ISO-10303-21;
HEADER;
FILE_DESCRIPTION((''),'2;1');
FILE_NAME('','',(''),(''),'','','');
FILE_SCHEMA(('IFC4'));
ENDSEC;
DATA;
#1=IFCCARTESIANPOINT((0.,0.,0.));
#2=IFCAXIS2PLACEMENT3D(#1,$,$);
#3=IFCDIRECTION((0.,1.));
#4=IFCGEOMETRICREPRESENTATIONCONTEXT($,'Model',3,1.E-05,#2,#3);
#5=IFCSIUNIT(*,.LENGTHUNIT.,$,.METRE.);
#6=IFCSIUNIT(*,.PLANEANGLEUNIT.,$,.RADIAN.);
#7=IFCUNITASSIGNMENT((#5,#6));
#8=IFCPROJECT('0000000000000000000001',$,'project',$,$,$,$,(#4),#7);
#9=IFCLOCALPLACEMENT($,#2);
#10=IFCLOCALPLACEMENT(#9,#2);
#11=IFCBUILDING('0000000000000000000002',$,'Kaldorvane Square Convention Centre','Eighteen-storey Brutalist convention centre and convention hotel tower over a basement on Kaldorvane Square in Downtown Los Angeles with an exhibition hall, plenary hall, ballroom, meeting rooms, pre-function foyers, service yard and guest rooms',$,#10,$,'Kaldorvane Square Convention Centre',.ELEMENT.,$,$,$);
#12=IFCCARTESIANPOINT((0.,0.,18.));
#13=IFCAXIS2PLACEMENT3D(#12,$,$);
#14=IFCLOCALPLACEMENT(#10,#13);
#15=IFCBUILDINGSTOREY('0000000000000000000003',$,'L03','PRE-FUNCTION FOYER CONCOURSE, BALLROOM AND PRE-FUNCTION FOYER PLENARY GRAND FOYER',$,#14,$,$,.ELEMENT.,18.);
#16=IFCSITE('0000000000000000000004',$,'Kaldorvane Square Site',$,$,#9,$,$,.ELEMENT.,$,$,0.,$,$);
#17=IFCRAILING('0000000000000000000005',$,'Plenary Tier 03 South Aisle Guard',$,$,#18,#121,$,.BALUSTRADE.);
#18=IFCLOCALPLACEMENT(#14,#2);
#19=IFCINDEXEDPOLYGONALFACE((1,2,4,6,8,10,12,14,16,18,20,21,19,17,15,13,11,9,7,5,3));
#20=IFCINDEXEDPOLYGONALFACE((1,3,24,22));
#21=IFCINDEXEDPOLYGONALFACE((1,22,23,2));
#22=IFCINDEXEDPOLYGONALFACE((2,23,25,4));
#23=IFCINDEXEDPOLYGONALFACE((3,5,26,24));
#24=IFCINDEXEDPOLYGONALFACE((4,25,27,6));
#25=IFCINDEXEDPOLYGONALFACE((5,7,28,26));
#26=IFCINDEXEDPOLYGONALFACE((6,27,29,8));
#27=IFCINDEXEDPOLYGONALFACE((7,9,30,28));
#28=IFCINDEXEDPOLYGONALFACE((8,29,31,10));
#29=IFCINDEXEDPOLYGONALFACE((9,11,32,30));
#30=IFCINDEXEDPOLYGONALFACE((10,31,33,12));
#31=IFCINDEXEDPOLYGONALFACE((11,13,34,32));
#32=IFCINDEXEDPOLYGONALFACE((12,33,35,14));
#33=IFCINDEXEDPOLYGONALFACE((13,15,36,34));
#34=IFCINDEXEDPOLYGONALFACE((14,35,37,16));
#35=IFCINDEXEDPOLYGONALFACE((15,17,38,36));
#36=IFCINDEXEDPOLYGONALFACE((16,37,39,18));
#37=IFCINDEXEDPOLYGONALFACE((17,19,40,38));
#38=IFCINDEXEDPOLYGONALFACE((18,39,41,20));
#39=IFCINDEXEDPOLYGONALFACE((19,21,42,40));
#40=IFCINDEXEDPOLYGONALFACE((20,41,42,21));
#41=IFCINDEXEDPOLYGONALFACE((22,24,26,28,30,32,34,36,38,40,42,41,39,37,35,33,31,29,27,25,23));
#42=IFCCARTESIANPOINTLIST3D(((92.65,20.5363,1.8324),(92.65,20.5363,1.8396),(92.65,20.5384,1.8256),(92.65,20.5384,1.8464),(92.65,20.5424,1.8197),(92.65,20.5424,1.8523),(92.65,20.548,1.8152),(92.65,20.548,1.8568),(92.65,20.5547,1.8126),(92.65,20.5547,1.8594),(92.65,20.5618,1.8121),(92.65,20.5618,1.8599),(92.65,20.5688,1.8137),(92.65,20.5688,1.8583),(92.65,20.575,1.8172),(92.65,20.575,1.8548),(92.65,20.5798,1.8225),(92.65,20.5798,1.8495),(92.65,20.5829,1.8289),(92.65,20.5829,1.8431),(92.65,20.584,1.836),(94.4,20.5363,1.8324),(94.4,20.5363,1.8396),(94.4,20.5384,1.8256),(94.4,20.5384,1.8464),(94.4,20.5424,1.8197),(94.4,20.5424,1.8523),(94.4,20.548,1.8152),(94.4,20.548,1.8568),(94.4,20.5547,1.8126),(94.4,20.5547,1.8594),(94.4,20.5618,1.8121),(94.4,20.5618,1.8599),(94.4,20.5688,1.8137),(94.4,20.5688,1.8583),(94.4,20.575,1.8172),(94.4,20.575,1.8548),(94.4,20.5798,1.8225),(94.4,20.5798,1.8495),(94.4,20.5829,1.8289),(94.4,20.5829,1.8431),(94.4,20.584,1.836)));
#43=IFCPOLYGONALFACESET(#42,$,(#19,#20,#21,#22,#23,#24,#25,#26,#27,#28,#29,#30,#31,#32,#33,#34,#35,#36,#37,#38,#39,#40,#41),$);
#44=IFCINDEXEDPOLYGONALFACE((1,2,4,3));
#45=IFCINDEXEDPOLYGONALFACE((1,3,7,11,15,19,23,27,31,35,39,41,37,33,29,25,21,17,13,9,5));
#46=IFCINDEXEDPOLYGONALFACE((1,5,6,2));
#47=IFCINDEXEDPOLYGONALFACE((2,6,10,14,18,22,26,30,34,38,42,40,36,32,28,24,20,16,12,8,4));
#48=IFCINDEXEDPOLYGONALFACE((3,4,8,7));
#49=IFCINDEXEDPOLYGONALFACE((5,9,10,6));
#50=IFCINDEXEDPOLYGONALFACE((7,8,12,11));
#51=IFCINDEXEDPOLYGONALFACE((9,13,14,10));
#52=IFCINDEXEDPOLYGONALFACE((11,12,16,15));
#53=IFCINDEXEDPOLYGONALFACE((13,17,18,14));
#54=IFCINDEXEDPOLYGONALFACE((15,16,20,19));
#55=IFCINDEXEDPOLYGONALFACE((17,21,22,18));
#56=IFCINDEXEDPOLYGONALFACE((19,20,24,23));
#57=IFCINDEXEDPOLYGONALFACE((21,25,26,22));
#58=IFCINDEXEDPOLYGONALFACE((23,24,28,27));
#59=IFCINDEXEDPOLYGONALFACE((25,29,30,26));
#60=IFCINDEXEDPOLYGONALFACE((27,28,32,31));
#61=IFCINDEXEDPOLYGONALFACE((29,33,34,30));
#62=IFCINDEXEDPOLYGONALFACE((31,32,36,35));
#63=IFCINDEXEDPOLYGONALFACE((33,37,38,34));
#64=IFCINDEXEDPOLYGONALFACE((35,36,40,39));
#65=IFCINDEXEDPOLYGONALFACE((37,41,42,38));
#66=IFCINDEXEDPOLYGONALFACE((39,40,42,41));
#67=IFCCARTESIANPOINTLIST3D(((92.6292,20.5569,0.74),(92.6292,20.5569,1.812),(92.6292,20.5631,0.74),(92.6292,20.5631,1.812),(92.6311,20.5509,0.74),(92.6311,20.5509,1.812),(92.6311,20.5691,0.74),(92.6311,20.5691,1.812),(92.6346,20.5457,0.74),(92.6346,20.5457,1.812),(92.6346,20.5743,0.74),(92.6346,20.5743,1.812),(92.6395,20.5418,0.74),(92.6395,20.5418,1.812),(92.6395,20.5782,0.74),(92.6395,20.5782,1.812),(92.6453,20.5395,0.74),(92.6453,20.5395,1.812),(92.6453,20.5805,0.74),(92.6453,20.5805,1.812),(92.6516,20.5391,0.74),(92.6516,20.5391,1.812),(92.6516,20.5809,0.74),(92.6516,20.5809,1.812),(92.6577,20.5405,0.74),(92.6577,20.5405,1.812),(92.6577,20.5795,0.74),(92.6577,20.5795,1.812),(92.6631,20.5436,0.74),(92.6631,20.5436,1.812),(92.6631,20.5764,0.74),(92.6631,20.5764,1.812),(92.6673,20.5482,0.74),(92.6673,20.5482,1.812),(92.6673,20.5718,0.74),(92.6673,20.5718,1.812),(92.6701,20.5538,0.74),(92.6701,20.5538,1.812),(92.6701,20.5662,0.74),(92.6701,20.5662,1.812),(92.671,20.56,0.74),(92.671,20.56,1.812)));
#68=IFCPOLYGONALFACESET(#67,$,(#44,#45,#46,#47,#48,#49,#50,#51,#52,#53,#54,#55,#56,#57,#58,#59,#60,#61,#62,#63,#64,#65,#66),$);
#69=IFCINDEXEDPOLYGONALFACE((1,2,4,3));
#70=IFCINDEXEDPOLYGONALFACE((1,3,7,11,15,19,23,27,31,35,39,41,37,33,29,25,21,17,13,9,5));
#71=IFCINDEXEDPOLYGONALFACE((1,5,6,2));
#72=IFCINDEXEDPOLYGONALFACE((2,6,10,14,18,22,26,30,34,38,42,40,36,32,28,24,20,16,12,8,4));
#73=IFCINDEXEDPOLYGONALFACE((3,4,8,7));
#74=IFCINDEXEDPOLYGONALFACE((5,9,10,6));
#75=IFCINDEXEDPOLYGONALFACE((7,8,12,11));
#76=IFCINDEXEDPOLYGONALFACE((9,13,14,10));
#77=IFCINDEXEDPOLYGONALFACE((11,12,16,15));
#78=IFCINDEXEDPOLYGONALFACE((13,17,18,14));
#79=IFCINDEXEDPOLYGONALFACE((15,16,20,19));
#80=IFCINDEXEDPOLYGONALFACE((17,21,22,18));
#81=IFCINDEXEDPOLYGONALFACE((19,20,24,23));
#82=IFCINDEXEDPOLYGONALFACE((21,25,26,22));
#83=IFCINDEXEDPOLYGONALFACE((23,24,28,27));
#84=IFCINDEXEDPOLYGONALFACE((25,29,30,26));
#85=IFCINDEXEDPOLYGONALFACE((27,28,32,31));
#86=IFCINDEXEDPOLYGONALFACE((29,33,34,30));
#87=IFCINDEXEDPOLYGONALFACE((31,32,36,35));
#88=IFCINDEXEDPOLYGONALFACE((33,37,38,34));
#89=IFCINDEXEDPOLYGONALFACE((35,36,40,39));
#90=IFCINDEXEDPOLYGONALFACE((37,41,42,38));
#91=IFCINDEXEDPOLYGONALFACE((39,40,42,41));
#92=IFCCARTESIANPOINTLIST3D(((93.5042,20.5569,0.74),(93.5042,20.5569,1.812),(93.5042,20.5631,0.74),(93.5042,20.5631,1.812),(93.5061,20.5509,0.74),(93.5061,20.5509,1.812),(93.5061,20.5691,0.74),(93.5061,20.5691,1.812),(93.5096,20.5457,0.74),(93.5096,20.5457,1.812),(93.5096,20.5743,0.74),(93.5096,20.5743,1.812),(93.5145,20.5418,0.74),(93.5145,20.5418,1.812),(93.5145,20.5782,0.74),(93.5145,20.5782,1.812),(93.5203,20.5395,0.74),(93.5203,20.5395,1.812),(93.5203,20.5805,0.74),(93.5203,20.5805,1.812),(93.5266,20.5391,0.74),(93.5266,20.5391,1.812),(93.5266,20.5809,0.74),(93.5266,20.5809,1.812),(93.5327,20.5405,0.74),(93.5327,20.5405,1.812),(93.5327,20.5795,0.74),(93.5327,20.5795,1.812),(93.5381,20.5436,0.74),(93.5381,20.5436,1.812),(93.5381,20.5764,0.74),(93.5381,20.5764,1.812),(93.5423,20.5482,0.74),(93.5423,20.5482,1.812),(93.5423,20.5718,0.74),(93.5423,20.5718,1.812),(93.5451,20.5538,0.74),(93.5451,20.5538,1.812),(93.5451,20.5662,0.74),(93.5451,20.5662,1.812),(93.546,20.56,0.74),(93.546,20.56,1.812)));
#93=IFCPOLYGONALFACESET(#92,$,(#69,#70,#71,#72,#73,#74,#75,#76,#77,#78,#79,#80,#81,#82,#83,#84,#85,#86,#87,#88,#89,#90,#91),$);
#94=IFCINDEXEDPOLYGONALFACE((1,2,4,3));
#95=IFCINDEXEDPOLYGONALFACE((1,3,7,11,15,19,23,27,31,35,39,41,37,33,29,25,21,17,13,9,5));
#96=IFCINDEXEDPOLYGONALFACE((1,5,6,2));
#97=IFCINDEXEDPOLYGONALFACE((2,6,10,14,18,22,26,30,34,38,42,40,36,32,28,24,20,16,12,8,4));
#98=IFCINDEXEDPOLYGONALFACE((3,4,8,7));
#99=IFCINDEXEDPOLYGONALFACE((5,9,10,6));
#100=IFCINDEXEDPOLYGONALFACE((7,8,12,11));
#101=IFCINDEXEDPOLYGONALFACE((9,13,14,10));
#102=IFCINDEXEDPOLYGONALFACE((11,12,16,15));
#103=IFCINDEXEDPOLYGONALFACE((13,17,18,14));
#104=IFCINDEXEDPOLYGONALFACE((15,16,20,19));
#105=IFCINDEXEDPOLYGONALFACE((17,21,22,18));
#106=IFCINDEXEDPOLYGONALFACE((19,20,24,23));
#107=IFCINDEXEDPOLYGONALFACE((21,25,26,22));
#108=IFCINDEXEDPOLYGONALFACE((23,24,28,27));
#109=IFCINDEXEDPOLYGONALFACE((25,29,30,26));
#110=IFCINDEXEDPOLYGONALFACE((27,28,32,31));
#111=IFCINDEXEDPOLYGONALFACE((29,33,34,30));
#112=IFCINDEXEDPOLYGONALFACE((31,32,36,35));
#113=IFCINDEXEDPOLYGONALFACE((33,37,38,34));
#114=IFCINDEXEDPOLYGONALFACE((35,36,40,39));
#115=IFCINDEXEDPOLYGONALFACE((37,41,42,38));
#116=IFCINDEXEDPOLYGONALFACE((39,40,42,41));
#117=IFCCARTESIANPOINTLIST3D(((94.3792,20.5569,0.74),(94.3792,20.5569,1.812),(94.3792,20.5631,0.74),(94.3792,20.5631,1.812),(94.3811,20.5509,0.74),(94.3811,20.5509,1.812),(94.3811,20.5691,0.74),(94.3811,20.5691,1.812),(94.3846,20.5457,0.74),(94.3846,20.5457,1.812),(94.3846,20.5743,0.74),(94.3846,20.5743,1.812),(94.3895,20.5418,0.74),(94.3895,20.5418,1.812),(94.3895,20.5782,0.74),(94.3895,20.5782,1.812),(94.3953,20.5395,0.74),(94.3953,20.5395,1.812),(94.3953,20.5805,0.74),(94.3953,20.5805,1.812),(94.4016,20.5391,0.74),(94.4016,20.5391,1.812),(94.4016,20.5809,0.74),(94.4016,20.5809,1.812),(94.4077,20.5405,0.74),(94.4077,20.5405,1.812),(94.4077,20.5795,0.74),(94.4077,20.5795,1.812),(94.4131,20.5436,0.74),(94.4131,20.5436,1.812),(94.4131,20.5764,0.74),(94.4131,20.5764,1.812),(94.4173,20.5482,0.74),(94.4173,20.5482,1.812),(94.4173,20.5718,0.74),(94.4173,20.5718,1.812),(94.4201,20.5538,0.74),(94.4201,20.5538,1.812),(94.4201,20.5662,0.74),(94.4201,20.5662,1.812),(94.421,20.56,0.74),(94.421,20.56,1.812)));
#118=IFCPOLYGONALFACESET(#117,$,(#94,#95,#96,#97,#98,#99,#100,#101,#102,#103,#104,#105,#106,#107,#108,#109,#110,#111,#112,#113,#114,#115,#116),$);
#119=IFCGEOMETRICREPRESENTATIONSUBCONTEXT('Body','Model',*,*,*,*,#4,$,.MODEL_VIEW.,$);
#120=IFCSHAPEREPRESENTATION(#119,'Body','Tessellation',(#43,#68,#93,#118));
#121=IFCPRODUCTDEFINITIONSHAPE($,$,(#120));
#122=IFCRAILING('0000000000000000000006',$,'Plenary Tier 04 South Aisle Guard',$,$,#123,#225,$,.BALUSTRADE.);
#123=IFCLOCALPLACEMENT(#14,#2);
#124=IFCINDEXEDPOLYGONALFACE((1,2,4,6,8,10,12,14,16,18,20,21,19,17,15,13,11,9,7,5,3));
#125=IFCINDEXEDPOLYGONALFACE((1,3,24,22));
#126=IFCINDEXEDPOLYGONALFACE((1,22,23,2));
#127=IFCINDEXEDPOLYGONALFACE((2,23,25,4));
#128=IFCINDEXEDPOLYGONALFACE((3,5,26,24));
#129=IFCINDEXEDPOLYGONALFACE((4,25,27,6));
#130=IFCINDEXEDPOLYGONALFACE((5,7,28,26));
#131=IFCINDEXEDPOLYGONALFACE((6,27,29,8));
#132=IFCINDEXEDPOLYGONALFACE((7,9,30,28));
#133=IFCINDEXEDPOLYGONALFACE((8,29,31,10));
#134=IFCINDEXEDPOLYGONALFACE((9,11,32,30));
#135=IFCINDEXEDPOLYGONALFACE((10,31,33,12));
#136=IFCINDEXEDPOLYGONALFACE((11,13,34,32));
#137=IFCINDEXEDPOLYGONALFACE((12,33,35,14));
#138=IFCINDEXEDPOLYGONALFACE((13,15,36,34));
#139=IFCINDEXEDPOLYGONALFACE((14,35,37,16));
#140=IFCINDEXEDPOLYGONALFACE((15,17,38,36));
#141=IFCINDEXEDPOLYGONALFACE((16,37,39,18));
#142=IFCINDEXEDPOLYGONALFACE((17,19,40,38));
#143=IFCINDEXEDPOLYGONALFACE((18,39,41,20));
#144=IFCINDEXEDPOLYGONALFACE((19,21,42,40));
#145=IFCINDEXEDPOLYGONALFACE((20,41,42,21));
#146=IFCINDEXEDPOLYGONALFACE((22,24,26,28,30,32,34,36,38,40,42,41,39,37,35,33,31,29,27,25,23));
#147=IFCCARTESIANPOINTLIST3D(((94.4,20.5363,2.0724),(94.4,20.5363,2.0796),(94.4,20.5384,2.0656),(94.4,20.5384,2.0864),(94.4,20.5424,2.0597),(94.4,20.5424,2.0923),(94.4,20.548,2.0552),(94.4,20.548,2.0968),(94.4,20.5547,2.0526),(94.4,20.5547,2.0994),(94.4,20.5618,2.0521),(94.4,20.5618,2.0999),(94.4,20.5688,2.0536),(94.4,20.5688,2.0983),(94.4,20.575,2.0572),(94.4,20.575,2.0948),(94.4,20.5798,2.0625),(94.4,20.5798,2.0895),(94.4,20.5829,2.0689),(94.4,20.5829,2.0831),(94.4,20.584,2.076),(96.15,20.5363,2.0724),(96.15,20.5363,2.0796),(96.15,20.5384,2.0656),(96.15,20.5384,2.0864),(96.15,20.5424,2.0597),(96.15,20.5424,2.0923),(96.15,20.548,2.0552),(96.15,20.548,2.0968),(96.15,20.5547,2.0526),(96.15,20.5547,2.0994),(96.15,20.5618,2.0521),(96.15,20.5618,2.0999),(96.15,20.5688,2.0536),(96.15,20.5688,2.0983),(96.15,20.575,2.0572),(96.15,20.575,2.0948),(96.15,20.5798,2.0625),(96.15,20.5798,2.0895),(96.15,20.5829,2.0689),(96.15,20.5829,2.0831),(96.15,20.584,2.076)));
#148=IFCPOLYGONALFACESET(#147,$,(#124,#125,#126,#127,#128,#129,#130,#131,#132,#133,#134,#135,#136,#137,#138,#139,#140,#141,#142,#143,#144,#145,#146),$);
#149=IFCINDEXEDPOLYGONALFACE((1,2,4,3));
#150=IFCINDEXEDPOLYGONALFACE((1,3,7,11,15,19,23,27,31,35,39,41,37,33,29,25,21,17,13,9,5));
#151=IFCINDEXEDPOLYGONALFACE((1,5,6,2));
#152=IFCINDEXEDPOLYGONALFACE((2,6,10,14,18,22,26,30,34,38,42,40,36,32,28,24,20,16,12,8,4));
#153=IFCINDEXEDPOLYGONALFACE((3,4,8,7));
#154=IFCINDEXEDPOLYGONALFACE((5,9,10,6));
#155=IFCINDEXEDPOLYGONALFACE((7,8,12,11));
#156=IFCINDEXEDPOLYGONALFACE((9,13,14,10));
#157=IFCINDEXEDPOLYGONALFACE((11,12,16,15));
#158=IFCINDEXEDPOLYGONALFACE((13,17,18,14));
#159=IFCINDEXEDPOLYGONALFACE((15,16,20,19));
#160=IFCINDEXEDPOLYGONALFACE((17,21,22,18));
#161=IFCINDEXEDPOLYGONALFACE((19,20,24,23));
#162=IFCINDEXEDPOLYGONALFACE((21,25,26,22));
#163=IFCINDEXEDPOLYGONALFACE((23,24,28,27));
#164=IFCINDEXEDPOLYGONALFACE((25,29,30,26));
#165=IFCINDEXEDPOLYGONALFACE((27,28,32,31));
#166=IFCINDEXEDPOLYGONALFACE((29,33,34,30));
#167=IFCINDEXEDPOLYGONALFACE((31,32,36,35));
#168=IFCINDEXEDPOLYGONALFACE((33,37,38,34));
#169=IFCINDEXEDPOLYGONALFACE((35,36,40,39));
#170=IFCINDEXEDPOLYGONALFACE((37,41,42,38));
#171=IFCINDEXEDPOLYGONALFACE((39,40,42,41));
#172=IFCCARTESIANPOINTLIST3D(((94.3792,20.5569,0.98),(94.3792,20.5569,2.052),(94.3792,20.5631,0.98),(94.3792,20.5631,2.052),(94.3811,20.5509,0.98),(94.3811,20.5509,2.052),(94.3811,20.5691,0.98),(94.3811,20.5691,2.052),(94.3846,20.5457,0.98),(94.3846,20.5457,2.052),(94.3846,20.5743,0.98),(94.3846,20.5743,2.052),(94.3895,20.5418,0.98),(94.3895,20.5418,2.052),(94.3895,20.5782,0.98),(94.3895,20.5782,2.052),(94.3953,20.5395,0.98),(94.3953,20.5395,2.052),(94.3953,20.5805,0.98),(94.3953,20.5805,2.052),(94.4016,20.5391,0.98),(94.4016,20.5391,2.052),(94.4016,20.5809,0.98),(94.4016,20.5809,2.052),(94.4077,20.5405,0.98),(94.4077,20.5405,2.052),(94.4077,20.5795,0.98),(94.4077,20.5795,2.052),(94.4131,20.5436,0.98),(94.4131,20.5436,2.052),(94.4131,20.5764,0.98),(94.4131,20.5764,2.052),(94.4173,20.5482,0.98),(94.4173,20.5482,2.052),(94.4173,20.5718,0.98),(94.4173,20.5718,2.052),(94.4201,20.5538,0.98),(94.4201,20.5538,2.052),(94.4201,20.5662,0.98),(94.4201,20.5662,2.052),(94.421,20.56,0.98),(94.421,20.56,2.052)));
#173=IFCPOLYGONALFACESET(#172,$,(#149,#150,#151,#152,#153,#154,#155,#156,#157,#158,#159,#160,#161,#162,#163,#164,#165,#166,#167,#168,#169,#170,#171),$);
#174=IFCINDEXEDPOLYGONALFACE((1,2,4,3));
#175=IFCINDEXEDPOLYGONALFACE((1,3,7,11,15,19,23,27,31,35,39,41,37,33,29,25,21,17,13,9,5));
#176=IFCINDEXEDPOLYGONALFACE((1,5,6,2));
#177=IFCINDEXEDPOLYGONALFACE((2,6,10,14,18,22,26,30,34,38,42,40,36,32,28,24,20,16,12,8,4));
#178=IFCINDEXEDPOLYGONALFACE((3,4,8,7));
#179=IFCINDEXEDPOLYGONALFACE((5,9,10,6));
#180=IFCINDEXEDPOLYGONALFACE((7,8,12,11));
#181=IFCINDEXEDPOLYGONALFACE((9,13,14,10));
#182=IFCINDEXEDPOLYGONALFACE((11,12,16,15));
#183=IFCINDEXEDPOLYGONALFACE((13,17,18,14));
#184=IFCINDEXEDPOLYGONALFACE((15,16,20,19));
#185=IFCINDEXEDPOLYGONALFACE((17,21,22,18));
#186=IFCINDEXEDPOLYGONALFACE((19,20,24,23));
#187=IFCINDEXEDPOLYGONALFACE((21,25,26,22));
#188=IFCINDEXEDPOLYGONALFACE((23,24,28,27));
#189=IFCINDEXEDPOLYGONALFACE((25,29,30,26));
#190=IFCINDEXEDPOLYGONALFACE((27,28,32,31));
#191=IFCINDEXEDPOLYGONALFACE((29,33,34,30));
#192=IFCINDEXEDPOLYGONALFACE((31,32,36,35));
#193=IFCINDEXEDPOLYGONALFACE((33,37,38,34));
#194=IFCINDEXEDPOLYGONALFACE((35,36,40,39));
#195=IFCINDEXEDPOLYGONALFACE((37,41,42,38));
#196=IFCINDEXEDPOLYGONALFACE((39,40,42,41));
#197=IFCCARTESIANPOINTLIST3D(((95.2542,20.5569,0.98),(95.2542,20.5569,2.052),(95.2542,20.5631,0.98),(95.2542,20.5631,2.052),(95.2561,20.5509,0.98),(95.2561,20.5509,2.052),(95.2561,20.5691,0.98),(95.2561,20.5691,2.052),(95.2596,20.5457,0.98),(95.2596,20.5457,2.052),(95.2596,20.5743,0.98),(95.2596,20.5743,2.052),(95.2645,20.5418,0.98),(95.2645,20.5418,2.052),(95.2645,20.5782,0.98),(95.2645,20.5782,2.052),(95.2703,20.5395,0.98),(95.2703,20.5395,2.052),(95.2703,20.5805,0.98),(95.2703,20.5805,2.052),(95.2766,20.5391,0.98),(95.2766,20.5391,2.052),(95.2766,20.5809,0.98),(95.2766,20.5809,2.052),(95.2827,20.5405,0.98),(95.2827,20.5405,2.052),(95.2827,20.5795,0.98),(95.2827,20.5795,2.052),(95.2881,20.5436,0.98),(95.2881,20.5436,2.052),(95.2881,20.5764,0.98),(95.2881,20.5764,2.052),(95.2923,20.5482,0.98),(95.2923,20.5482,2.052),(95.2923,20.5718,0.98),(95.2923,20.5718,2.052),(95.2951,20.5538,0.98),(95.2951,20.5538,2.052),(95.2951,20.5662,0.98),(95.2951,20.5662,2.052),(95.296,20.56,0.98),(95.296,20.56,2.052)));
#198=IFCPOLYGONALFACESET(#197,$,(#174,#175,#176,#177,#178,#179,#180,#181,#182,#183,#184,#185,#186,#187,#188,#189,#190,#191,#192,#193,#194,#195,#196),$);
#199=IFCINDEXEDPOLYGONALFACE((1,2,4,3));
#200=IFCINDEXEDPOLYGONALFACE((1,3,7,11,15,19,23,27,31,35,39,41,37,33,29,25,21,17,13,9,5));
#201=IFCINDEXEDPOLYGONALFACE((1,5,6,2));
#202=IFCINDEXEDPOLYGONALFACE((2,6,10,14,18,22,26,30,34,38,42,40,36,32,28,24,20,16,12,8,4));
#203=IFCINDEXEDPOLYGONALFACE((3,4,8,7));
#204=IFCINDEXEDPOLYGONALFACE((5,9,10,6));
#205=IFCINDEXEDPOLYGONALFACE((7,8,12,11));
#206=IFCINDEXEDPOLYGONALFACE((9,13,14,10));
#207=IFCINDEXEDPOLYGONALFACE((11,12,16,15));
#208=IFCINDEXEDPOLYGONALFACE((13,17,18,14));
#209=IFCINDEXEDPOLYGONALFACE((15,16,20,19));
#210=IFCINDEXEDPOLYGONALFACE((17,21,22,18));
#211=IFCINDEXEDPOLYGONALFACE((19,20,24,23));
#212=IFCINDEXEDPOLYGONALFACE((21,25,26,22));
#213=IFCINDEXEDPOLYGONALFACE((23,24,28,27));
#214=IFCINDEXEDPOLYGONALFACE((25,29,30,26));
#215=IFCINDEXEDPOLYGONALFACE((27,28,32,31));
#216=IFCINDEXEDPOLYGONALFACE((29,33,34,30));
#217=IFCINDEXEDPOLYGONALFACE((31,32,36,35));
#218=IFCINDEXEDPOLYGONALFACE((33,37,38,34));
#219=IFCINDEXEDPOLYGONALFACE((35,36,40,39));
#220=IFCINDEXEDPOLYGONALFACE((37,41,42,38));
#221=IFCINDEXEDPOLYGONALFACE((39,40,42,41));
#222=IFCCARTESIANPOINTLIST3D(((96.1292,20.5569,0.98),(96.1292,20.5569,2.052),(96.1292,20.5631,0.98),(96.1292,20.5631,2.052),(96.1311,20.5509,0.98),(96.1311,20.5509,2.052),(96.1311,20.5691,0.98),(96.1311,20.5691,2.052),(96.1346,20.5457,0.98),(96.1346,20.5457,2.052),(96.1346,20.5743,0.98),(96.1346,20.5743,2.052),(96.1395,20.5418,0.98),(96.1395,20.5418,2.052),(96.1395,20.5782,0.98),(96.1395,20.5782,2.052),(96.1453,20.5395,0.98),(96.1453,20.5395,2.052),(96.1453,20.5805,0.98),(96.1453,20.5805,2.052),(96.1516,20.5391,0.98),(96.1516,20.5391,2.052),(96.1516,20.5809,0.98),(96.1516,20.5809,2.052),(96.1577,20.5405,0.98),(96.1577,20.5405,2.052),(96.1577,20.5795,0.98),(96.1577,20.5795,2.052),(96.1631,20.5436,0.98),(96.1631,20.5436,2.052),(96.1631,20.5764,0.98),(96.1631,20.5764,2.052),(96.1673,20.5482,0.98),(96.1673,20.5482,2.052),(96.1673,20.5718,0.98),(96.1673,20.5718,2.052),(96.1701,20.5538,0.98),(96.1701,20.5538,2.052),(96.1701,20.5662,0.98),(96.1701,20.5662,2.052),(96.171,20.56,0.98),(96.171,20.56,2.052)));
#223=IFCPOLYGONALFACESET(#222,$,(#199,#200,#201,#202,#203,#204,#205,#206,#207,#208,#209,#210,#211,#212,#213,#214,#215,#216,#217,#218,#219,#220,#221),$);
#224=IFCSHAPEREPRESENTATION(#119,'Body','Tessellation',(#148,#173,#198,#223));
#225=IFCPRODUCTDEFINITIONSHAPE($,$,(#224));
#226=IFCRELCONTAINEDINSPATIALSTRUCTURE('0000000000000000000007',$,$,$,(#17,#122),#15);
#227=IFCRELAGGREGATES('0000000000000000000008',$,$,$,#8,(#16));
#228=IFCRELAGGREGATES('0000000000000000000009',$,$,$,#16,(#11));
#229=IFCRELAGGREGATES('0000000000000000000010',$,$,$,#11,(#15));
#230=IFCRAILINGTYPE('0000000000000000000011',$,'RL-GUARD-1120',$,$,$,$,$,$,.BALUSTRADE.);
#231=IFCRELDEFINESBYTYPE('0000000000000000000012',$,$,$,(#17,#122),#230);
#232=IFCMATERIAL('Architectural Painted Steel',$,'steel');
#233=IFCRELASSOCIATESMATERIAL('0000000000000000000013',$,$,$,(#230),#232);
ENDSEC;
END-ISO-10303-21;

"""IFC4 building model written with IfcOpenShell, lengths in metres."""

from ifc_helpers import new_model, si_unit, direction, frame, origin, origin_2d, place, context, subcontext, project, spatial, circle, extrude, material, type_object, element, save


model = new_model("IFC4")

# Units and contexts
model_context = context("Model", 3, precision=1e-05, world=origin(), true_north=direction((0.0, 1.0)))
body_context = subcontext(model_context, "Body", "Model", "MODEL_VIEW")
ifc_project = project(units=[si_unit("LENGTHUNIT", "METRE"), si_unit("PLANEANGLEUNIT", "RADIAN")], contexts=[model_context])

# Site, building, storey
site_placement = place(None, origin())
site = spatial("IfcSite", under=ifc_project, at=site_placement, Name="Kaldorvane Square Site", CompositionType="ELEMENT", RefElevation=0.0)
building_placement = place(site_placement, origin())
building = spatial("IfcBuilding", under=site, at=building_placement, Name="Kaldorvane Square Convention Centre", Description="Eighteen-storey Brutalist convention centre and convention hotel tower over a basement on Kaldorvane Square in Downtown Los Angeles with an exhibition hall, plenary hall, ballroom, meeting rooms, pre-function foyers, service yard and guest rooms", LongName="Kaldorvane Square Convention Centre", CompositionType="ELEMENT")
storey_placement = place(building_placement, frame((0.0, 0.0, 18.0)))
storey = spatial("IfcBuildingStorey", under=building, at=storey_placement, Name="L03", Description="PRE-FUNCTION FOYER CONCOURSE, BALLROOM AND PRE-FUNCTION FOYER PLENARY GRAND FOYER", CompositionType="ELEMENT", Elevation=18.0)

# Railings
ifc_material_1 = material(Name="Architectural Painted Steel", Category="steel")
railing_type = type_object("IfcRailingType", Name="RL-GUARD-1120", PredefinedType="BALUSTRADE", material=ifc_material_1)
for number, where, name in (
    (1, (92.65, 20.56, 0.74), "Plenary Tier 03 South Aisle Guard"),
    (2, (94.4, 20.56, 0.98), "Plenary Tier 04 South Aisle Guard"),
):
    element("IfcRailing", number, at=place(storey_placement, frame(where)), inside=storey, type_object=railing_type, Name=name, PredefinedType="BALUSTRADE", context=body_context, shape_type="SweptSolid", body=[
        extrude(circle(Radius=0.024, at=origin_2d()), frame((0.0, 0.0, 1.096), z_axis=(1.0, 0.0, 0.0), x_axis=(0.0, 1.0, 0.0)), (0.0, 0.0, 1.0), 1.75),
        extrude(circle(Radius=0.021, at=origin_2d()), origin(), (0.0, 0.0, 1.0), 1.072),
        extrude(circle(Radius=0.021, at=origin_2d()), frame((0.875, 0.0, 0.0)), (0.0, 0.0, 1.0), 1.072),
        extrude(circle(Radius=0.021, at=origin_2d()), frame((1.75, 0.0, 0.0)), (0.0, 0.0, 1.0), 1.072),
    ])

save(model, "model.ifc")
